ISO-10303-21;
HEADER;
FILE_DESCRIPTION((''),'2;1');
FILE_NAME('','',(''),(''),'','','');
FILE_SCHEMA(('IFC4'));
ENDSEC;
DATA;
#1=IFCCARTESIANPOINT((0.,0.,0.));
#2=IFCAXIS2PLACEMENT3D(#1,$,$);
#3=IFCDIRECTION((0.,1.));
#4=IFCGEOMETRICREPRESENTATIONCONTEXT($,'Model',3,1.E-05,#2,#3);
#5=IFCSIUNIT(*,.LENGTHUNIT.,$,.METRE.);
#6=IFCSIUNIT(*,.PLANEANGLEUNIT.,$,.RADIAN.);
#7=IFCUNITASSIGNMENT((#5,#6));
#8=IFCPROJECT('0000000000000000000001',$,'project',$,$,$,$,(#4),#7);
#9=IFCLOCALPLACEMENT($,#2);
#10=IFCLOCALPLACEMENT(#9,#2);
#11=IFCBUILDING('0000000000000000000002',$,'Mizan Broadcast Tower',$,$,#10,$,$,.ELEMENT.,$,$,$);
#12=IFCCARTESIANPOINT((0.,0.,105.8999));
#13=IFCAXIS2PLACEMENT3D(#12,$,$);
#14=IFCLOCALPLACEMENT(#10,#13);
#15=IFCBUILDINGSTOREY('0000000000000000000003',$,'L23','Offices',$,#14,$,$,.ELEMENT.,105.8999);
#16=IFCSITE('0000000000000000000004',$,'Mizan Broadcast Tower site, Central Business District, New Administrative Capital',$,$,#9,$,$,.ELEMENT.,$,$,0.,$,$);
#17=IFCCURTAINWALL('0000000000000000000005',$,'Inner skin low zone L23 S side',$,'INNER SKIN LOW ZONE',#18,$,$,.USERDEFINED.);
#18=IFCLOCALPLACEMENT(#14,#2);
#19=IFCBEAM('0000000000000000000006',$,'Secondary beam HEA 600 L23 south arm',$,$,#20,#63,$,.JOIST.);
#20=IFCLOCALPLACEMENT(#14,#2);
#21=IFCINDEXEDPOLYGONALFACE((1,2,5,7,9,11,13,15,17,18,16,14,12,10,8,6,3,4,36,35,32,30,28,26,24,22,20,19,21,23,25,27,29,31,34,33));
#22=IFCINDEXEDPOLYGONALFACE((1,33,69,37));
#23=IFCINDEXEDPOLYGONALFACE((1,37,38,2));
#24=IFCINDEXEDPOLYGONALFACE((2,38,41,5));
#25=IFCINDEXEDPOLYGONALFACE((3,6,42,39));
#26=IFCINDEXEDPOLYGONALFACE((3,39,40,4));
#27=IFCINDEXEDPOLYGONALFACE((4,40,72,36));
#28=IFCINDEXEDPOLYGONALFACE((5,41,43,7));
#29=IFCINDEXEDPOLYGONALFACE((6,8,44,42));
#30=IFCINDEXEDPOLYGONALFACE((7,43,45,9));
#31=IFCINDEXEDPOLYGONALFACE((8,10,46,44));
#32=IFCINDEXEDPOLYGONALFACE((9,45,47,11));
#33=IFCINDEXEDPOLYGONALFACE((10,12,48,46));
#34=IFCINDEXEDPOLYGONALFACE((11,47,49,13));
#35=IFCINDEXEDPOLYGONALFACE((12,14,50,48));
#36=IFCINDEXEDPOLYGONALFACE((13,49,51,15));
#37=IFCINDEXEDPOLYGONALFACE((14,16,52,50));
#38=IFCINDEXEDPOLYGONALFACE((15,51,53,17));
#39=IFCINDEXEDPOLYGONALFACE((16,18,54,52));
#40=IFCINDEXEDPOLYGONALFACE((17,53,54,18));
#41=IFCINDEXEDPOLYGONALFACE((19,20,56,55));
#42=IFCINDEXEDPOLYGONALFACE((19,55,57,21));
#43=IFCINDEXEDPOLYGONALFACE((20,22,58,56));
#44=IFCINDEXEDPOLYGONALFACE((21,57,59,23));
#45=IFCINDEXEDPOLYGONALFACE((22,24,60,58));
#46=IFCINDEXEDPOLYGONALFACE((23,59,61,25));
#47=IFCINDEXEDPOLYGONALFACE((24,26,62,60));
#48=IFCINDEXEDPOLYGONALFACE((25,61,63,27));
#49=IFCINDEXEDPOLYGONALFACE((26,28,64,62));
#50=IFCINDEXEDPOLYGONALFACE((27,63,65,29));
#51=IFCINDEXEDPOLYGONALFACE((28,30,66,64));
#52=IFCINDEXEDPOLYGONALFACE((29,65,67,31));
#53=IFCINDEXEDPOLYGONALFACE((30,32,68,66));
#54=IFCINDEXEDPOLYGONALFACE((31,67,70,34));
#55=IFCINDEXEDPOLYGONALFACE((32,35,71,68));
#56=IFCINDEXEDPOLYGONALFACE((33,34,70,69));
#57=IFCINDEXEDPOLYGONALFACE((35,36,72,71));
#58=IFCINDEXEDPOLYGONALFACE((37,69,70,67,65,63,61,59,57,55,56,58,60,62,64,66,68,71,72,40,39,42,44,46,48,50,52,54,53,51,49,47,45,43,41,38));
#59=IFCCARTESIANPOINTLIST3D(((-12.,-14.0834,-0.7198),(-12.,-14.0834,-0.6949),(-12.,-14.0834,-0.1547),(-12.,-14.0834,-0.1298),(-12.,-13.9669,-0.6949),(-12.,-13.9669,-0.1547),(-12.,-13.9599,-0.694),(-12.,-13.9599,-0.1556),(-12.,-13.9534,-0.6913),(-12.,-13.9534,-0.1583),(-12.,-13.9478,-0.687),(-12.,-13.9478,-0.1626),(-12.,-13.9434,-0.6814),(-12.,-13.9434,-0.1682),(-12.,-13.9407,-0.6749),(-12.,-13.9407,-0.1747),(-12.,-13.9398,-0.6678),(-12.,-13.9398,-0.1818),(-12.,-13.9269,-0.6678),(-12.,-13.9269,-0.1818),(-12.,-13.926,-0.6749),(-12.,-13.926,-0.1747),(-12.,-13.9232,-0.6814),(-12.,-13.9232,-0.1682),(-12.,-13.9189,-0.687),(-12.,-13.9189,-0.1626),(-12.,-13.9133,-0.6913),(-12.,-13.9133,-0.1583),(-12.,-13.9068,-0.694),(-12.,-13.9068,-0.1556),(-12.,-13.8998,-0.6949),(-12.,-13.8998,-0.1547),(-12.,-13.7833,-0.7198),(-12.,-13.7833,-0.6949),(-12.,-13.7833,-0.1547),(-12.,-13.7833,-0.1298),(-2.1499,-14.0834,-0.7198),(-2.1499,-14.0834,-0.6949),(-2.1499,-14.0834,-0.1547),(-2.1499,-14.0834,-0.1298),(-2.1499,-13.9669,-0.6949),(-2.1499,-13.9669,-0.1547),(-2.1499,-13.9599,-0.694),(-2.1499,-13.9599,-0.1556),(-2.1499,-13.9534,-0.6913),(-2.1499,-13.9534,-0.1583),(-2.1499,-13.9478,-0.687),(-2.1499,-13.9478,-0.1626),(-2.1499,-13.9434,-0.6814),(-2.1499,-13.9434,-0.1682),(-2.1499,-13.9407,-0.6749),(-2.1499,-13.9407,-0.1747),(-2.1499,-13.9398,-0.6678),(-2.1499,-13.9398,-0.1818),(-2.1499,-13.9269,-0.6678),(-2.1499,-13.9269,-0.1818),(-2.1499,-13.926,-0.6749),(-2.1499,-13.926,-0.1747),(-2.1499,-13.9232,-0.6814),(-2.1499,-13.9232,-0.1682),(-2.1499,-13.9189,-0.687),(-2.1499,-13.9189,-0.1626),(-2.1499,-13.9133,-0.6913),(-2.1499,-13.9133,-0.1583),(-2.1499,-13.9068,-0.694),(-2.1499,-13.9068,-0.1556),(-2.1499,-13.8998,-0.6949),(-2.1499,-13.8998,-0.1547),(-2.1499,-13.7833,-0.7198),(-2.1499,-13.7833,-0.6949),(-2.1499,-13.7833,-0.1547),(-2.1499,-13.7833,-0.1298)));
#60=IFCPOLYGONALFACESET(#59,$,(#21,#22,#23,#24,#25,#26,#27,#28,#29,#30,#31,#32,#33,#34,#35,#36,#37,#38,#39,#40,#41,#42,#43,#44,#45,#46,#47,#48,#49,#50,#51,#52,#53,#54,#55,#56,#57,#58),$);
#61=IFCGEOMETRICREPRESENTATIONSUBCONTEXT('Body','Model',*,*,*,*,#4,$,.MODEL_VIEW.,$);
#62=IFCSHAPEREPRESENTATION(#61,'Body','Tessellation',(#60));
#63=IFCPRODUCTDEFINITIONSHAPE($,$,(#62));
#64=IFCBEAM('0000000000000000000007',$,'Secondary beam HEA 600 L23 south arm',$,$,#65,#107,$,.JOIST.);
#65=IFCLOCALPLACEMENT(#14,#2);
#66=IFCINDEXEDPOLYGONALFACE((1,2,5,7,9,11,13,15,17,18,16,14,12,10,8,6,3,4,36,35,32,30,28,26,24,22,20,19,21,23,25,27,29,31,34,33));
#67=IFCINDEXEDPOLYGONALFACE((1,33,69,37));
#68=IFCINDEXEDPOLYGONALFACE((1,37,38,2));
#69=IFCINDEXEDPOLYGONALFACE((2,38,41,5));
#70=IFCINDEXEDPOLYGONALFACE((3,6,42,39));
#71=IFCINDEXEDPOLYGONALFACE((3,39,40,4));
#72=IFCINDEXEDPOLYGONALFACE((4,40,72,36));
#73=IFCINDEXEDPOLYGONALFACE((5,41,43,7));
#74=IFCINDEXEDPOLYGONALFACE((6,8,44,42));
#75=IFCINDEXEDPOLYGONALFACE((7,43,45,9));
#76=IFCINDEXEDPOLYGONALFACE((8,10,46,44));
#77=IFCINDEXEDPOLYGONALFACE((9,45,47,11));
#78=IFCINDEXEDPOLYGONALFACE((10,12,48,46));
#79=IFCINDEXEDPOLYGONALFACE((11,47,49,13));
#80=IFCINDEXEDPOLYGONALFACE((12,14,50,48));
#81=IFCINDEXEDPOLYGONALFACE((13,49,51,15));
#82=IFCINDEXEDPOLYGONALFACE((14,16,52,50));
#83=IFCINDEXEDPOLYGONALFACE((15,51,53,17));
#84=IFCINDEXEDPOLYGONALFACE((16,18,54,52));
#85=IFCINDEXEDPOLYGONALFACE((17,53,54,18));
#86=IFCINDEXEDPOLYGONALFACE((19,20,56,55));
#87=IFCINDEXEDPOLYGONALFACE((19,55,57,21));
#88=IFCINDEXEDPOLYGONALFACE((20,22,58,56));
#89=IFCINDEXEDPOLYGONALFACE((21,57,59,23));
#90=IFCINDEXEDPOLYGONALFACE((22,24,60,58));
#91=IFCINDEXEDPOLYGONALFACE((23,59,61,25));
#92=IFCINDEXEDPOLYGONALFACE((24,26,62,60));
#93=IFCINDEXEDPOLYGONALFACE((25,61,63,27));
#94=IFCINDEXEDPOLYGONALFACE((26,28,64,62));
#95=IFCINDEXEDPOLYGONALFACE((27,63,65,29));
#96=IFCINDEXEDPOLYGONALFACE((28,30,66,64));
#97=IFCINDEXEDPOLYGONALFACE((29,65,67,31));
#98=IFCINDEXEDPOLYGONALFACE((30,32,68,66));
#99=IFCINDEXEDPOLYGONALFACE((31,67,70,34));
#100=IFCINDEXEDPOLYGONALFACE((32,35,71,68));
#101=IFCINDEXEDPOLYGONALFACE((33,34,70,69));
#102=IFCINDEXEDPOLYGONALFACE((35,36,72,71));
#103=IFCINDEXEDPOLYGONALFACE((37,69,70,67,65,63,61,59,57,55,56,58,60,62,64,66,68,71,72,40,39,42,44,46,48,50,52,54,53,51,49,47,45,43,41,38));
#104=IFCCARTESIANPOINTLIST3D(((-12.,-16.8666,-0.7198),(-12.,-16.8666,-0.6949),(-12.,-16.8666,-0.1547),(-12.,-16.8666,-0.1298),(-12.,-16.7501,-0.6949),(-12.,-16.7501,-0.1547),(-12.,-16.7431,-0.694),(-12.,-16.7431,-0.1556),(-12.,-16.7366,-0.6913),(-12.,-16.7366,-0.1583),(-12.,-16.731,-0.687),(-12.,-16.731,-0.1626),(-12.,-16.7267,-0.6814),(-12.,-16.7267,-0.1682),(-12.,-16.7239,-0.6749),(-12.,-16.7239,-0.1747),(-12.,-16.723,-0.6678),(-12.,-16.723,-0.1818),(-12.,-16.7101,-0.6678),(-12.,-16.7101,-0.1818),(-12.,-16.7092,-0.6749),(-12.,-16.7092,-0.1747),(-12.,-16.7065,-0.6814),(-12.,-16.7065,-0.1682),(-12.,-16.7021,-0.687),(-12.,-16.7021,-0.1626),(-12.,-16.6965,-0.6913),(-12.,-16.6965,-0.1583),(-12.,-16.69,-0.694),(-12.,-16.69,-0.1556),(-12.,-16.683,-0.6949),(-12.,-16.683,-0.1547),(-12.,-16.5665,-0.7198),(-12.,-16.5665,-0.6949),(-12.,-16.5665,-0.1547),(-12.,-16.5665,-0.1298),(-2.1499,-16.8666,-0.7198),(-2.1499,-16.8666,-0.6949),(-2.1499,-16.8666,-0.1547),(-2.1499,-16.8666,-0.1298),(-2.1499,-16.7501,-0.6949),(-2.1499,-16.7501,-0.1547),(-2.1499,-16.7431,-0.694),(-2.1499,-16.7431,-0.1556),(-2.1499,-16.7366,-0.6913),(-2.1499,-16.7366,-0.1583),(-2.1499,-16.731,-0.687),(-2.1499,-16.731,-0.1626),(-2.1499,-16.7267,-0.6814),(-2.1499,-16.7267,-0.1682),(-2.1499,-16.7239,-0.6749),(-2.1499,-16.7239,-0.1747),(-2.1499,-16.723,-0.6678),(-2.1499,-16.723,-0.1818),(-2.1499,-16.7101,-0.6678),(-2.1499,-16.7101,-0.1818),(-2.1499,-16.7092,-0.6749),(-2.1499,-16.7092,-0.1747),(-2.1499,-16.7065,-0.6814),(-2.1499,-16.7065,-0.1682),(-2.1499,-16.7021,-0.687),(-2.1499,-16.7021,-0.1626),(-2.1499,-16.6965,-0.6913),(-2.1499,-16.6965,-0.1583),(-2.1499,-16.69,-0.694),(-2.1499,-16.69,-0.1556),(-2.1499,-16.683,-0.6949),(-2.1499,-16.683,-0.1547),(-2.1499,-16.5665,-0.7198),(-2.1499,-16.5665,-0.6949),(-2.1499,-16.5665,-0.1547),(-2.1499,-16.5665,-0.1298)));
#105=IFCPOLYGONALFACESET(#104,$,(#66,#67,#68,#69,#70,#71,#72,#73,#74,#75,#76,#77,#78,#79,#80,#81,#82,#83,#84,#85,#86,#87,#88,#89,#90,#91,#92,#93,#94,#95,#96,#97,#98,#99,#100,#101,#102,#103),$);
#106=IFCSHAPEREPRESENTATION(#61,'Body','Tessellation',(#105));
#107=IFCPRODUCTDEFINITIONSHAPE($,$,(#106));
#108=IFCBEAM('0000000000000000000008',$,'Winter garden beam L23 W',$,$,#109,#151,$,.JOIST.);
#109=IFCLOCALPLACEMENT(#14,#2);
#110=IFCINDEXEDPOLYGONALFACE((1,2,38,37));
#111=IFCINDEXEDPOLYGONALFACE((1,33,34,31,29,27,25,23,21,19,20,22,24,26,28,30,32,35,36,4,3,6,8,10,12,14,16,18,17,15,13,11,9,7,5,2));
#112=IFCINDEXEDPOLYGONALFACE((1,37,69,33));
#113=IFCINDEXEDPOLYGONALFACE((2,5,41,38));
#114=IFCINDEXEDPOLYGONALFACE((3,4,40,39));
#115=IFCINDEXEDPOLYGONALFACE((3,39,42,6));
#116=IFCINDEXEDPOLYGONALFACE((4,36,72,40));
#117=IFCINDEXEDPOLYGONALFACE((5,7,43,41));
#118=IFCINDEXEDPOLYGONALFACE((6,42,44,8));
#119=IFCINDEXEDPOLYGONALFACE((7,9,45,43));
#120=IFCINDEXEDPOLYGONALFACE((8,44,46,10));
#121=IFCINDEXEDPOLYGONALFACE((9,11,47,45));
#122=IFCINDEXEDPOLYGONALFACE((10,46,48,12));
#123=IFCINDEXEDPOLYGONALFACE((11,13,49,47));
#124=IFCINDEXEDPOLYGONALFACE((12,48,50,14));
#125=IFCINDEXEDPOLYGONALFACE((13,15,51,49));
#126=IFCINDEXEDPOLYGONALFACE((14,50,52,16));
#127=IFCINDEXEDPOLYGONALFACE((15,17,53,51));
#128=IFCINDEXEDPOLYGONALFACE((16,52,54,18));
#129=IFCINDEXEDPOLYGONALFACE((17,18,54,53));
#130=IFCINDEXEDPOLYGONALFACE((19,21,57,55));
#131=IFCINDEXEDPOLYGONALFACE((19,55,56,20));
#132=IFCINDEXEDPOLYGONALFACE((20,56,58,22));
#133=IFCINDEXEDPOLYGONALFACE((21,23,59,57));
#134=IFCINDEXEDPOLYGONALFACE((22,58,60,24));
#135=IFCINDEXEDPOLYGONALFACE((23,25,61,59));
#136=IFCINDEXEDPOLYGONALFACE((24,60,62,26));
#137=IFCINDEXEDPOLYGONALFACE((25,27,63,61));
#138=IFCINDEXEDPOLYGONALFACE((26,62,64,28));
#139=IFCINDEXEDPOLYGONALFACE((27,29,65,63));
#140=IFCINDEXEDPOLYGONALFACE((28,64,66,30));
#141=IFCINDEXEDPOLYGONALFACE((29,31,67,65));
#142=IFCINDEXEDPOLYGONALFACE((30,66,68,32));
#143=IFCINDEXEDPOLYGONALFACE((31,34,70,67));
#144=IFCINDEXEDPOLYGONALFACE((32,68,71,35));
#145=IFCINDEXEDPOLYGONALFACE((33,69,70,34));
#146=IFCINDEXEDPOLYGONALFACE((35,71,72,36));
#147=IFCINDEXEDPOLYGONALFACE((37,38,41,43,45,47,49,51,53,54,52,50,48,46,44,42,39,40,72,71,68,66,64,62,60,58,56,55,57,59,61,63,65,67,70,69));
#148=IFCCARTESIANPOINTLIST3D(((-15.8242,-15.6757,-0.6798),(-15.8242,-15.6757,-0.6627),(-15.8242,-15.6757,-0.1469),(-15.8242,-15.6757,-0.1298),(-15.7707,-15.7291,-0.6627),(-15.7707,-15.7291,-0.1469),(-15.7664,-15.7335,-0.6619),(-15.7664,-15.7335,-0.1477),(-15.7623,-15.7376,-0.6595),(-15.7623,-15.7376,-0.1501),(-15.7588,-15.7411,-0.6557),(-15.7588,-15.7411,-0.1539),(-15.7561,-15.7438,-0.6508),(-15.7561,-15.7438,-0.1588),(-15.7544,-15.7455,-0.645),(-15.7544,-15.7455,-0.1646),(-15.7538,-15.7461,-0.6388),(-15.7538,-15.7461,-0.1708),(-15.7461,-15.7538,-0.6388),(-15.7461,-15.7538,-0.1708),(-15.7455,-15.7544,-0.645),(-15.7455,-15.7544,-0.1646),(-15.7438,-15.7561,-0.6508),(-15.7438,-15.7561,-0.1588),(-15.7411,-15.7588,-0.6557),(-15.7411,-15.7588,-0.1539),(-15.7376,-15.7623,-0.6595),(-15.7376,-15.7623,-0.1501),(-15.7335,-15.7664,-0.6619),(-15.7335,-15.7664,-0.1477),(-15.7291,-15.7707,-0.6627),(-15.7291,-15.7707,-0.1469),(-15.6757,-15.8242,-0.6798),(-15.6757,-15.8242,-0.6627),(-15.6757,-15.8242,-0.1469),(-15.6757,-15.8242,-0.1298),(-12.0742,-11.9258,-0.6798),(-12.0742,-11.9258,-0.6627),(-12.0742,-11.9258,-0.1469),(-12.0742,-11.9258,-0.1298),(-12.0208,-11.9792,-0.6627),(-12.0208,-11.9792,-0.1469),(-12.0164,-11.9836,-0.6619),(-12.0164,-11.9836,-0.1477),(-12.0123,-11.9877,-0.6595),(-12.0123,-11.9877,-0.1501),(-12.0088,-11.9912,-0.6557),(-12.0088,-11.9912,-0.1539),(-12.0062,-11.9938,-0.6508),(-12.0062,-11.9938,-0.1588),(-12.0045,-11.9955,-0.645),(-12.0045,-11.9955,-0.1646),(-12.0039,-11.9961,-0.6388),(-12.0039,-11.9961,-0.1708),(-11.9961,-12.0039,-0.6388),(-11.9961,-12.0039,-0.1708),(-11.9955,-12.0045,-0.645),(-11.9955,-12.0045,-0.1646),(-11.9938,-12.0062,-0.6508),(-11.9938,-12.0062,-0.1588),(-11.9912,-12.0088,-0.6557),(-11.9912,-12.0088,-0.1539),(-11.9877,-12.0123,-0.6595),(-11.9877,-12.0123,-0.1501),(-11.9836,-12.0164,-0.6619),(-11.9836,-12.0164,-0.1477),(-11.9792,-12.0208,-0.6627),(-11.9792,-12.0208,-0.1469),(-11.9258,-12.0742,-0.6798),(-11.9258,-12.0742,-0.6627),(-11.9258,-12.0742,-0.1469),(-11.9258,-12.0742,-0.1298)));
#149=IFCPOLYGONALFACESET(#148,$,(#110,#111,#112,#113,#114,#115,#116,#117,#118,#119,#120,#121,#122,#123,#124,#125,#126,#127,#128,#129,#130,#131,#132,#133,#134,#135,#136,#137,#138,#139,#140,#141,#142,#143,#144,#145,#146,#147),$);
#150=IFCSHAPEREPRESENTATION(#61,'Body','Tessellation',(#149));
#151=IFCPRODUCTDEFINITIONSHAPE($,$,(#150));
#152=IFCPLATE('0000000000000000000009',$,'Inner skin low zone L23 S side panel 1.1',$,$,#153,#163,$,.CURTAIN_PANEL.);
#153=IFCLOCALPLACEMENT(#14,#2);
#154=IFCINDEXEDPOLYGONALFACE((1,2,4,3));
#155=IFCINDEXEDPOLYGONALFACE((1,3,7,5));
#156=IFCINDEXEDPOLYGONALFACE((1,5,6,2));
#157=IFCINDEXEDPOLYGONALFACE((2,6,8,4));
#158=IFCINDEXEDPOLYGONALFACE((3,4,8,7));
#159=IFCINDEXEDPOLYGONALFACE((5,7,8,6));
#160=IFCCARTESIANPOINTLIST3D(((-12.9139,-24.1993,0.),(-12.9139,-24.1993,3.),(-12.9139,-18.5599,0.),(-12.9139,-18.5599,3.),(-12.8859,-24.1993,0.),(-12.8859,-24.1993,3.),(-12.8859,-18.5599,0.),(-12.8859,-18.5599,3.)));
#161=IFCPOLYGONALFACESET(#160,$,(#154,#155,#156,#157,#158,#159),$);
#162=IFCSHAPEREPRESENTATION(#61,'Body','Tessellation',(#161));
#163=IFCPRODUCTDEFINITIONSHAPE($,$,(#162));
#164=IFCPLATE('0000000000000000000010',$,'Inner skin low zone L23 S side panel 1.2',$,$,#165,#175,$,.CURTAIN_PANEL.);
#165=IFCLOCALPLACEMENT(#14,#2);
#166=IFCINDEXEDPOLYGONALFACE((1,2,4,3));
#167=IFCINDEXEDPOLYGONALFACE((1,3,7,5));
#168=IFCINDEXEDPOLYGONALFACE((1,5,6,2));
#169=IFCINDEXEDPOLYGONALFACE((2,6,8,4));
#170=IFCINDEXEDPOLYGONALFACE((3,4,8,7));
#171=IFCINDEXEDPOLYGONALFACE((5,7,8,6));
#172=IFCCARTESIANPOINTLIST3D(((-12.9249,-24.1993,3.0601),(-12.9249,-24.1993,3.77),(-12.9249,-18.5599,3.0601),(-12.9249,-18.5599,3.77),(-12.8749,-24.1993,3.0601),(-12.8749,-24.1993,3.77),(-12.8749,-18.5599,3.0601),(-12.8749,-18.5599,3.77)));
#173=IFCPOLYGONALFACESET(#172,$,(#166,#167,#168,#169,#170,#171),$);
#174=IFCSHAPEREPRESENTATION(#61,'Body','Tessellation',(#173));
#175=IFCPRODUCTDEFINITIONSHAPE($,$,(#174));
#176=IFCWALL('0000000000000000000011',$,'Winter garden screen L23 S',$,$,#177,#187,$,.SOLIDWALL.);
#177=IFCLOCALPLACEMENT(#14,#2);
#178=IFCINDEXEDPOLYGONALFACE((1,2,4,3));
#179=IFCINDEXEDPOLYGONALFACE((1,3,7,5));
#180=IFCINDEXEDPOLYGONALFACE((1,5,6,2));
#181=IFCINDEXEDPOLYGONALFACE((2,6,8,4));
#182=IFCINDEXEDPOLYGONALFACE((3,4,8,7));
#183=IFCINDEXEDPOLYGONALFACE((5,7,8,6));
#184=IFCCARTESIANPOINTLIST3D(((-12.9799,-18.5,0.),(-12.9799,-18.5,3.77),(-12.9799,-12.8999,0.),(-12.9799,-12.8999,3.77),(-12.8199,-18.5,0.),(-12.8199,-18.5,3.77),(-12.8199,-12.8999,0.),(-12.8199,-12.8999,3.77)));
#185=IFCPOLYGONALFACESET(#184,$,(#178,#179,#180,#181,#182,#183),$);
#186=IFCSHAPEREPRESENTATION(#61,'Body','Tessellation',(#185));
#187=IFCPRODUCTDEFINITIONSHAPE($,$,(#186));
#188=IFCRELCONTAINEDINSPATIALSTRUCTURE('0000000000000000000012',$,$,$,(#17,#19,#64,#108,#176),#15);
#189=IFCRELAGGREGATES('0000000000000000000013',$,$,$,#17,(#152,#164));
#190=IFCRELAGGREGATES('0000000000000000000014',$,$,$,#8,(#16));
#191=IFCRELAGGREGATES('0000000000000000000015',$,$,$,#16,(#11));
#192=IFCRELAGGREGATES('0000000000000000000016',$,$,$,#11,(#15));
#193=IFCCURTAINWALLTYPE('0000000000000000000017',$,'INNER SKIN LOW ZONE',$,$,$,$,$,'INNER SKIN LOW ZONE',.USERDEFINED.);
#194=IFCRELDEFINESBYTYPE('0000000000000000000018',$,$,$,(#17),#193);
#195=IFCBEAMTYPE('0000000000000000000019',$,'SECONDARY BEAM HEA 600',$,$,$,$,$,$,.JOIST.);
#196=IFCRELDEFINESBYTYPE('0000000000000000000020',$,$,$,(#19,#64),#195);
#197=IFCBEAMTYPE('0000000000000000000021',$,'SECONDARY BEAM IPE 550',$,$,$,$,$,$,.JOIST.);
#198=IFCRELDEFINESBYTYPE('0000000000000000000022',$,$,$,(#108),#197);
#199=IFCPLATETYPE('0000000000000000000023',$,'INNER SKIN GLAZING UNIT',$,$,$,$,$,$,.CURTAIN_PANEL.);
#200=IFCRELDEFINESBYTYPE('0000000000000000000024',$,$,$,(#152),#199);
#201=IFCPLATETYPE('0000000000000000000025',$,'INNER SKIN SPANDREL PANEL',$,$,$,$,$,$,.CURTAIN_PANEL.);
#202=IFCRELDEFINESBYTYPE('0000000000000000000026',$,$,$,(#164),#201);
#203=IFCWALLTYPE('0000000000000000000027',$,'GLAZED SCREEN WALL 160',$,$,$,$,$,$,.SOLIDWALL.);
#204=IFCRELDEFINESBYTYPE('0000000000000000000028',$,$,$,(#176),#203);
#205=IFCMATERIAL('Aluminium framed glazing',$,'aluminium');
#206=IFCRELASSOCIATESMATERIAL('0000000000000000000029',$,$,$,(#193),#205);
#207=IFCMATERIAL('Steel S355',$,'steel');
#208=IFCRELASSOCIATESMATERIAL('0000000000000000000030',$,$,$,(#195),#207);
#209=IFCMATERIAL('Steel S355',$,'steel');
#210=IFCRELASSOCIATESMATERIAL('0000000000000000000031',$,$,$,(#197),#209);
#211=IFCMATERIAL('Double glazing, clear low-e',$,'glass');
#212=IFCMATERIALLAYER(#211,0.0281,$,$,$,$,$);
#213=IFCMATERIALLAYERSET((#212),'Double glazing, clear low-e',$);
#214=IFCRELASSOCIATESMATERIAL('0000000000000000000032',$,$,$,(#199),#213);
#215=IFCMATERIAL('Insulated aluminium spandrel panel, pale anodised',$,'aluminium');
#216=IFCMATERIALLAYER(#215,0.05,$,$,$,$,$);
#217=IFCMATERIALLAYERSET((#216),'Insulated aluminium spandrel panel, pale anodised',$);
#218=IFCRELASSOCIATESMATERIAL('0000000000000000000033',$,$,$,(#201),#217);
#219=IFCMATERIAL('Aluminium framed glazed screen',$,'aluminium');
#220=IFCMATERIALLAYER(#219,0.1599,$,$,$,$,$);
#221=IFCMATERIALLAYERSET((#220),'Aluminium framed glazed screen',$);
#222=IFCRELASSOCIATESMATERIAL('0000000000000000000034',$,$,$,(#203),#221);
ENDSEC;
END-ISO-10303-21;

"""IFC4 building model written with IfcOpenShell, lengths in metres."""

from ifc_helpers import new_model, si_unit, direction, frame, frame_2d, origin, origin_2d, place, context, subcontext, project, spatial, rectangle, i_section, extrude, material, layer, layer_set, material_profile, profile_set, type_object, element, aggregate, save


model = new_model("IFC4")

# Units and contexts
model_context = context("Model", 3, precision=1e-05, world=origin(), true_north=direction((0.0, 1.0)))
body_context = subcontext(model_context, "Body", "Model", "MODEL_VIEW")
ifc_project = project(units=[si_unit("LENGTHUNIT", "METRE"), si_unit("PLANEANGLEUNIT", "RADIAN")], contexts=[model_context])

# Site, building, storey
site_placement = place(None, origin())
site = spatial("IfcSite", under=ifc_project, at=site_placement, Name="Mizan Broadcast Tower site, Central Business District, New Administrative Capital", CompositionType="ELEMENT", RefElevation=0.0)
building_placement = place(site_placement, origin())
building = spatial("IfcBuilding", under=site, at=building_placement, Name="Mizan Broadcast Tower", CompositionType="ELEMENT")
storey_placement = place(building_placement, frame((0.0, 0.0, 105.8999)))
storey = spatial("IfcBuildingStorey", under=building, at=storey_placement, Name="L23", Description="Offices", CompositionType="ELEMENT", Elevation=105.8999)

# Curtain wall
ifc_material_1 = material(Name="Aluminium framed glazing", Category="aluminium")
curtain_wall_type = type_object("IfcCurtainWallType", Name="INNER SKIN LOW ZONE", ElementType="INNER SKIN LOW ZONE", PredefinedType="USERDEFINED", material=ifc_material_1)
curtain_wall_placement = place(storey_placement, origin())
curtain_wall = element("IfcCurtainWall", 1, at=curtain_wall_placement, inside=storey, type_object=curtain_wall_type, Name="Inner skin low zone L23 S side", ObjectType="INNER SKIN LOW ZONE", PredefinedType="USERDEFINED")

# Beams
ifc_material_2 = material(Name="Steel S355", Category="steel")
ifc_material_profile_1 = material_profile(ifc_material_2, i_section(OverallWidth=0.3, OverallDepth=0.5901, WebThickness=0.0129, FlangeThickness=0.0249, FilletRadius=0.0271, at=origin_2d()), Name="HEA 600")
ifc_profile_set_1 = profile_set([ifc_material_profile_1], Name="Steel S355")
beam_type_1 = type_object("IfcBeamType", Name="SECONDARY BEAM HEA 600", PredefinedType="JOIST", material=ifc_profile_set_1)
for number, where, z_axis, x_axis, name in (
    (2, (-12.0, -13.9333, -0.4248), (1.0, 0.0, 0.0), (0.0, 1.0, 0.0), "Secondary beam HEA 600 L23 south arm"),
    (3, (-12.0, -16.7166, -0.4248), (1.0, 0.0, 0.0), (0.0, 1.0, 0.0), "Secondary beam HEA 600 L23 south arm"),
):
    element("IfcBeam", number, at=place(storey_placement, frame(where, z_axis=z_axis, x_axis=x_axis)), inside=storey, type_object=beam_type_1, Name=name, PredefinedType="JOIST", context=body_context, shape_type="SweptSolid", body=[
        extrude(i_section(OverallWidth=0.3, OverallDepth=0.5901, WebThickness=0.0129, FlangeThickness=0.0249, FilletRadius=0.0271, at=origin_2d()), origin(), (0.0, 0.0, 1.0), 9.8501),
    ])
ifc_material_3 = material(Name="Steel S355", Category="steel")
ifc_material_profile_2 = material_profile(ifc_material_3, i_section(OverallWidth=0.21, OverallDepth=0.55, WebThickness=0.011, FlangeThickness=0.0171, FilletRadius=0.0239, at=origin_2d()), Name="IPE 550")
ifc_profile_set_2 = profile_set([ifc_material_profile_2], Name="Steel S355")
beam_type_2 = type_object("IfcBeamType", Name="SECONDARY BEAM IPE 550", PredefinedType="JOIST", material=ifc_profile_set_2)
beam_1_placement = place(storey_placement, frame((-12.0, -12.0, -0.4048), z_axis=(-0.707107, -0.707107, 0.0), x_axis=(0.707107, -0.707107, 0.0)))
element("IfcBeam", 4, at=beam_1_placement, inside=storey, type_object=beam_type_2, Name="Winter garden beam L23 W", PredefinedType="JOIST", context=body_context, shape_type="SweptSolid", body=[
    extrude(i_section(OverallWidth=0.21, OverallDepth=0.55, WebThickness=0.011, FlangeThickness=0.0171, FilletRadius=0.0239, at=origin_2d()), origin(), (0.0, 0.0, 1.0), 5.3032),
])

# Plates
ifc_material_4 = material(Name="Double glazing, clear low-e", Category="glass")
ifc_layer_1 = layer(ifc_material_4, 0.0281)
ifc_layer_set_1 = layer_set([ifc_layer_1], Name="Double glazing, clear low-e")
plate_type_1 = type_object("IfcPlateType", Name="INNER SKIN GLAZING UNIT", PredefinedType="CURTAIN_PANEL", material=ifc_layer_set_1)
plate_1_placement = place(storey_placement, frame((-12.8999, -21.3796, 0.0), z_axis=(0.0, 0.0, 1.0), x_axis=(0.0, -1.0, 0.0)))
plate_1 = element("IfcPlate", 5, at=plate_1_placement, type_object=plate_type_1, Name="Inner skin low zone L23 S side panel 1.1", PredefinedType="CURTAIN_PANEL", context=body_context, shape_type="SweptSolid", body=[
    extrude(rectangle(XDim=5.6394, YDim=0.0281, at=origin_2d()), origin(), (0.0, 0.0, 1.0), 3.0),
])
ifc_material_5 = material(Name="Insulated aluminium spandrel panel, pale anodised", Category="aluminium")
ifc_layer_2 = layer(ifc_material_5, 0.05)
ifc_layer_set_2 = layer_set([ifc_layer_2], Name="Insulated aluminium spandrel panel, pale anodised")
plate_type_2 = type_object("IfcPlateType", Name="INNER SKIN SPANDREL PANEL", PredefinedType="CURTAIN_PANEL", material=ifc_layer_set_2)
plate_2_placement = place(storey_placement, frame((-12.8999, -21.3796, 3.0601), z_axis=(0.0, 0.0, 1.0), x_axis=(0.0, -1.0, 0.0)))
plate_2 = element("IfcPlate", 6, at=plate_2_placement, type_object=plate_type_2, Name="Inner skin low zone L23 S side panel 1.2", PredefinedType="CURTAIN_PANEL", context=body_context, shape_type="SweptSolid", body=[
    extrude(rectangle(XDim=5.6394, YDim=0.05, at=origin_2d()), origin(), (0.0, 0.0, 1.0), 0.71),
])
aggregate(curtain_wall, [plate_1, plate_2])

# Wall
ifc_material_6 = material(Name="Aluminium framed glazed screen", Category="aluminium")
ifc_layer_3 = layer(ifc_material_6, 0.1599)
ifc_layer_set_3 = layer_set([ifc_layer_3], Name="Aluminium framed glazed screen")
wall_type_1 = type_object("IfcWallType", Name="GLAZED SCREEN WALL 160", PredefinedType="SOLIDWALL", material=ifc_layer_set_3)
wall_1_placement = place(storey_placement, frame((-12.8999, -12.8999, 0.0), z_axis=(0.0, 0.0, 1.0), x_axis=(0.0, -1.0, 0.0)))
element("IfcWall", 7, at=wall_1_placement, inside=storey, type_object=wall_type_1, Name="Winter garden screen L23 S", PredefinedType="SOLIDWALL", context=body_context, shape_type="SweptSolid", body=[
    extrude(rectangle(XDim=5.6001, YDim=0.1599, at=frame_2d((2.8, 0.0))), origin(), (0.0, 0.0, 1.0), 3.77),
])

save(model, "model.ifc")
